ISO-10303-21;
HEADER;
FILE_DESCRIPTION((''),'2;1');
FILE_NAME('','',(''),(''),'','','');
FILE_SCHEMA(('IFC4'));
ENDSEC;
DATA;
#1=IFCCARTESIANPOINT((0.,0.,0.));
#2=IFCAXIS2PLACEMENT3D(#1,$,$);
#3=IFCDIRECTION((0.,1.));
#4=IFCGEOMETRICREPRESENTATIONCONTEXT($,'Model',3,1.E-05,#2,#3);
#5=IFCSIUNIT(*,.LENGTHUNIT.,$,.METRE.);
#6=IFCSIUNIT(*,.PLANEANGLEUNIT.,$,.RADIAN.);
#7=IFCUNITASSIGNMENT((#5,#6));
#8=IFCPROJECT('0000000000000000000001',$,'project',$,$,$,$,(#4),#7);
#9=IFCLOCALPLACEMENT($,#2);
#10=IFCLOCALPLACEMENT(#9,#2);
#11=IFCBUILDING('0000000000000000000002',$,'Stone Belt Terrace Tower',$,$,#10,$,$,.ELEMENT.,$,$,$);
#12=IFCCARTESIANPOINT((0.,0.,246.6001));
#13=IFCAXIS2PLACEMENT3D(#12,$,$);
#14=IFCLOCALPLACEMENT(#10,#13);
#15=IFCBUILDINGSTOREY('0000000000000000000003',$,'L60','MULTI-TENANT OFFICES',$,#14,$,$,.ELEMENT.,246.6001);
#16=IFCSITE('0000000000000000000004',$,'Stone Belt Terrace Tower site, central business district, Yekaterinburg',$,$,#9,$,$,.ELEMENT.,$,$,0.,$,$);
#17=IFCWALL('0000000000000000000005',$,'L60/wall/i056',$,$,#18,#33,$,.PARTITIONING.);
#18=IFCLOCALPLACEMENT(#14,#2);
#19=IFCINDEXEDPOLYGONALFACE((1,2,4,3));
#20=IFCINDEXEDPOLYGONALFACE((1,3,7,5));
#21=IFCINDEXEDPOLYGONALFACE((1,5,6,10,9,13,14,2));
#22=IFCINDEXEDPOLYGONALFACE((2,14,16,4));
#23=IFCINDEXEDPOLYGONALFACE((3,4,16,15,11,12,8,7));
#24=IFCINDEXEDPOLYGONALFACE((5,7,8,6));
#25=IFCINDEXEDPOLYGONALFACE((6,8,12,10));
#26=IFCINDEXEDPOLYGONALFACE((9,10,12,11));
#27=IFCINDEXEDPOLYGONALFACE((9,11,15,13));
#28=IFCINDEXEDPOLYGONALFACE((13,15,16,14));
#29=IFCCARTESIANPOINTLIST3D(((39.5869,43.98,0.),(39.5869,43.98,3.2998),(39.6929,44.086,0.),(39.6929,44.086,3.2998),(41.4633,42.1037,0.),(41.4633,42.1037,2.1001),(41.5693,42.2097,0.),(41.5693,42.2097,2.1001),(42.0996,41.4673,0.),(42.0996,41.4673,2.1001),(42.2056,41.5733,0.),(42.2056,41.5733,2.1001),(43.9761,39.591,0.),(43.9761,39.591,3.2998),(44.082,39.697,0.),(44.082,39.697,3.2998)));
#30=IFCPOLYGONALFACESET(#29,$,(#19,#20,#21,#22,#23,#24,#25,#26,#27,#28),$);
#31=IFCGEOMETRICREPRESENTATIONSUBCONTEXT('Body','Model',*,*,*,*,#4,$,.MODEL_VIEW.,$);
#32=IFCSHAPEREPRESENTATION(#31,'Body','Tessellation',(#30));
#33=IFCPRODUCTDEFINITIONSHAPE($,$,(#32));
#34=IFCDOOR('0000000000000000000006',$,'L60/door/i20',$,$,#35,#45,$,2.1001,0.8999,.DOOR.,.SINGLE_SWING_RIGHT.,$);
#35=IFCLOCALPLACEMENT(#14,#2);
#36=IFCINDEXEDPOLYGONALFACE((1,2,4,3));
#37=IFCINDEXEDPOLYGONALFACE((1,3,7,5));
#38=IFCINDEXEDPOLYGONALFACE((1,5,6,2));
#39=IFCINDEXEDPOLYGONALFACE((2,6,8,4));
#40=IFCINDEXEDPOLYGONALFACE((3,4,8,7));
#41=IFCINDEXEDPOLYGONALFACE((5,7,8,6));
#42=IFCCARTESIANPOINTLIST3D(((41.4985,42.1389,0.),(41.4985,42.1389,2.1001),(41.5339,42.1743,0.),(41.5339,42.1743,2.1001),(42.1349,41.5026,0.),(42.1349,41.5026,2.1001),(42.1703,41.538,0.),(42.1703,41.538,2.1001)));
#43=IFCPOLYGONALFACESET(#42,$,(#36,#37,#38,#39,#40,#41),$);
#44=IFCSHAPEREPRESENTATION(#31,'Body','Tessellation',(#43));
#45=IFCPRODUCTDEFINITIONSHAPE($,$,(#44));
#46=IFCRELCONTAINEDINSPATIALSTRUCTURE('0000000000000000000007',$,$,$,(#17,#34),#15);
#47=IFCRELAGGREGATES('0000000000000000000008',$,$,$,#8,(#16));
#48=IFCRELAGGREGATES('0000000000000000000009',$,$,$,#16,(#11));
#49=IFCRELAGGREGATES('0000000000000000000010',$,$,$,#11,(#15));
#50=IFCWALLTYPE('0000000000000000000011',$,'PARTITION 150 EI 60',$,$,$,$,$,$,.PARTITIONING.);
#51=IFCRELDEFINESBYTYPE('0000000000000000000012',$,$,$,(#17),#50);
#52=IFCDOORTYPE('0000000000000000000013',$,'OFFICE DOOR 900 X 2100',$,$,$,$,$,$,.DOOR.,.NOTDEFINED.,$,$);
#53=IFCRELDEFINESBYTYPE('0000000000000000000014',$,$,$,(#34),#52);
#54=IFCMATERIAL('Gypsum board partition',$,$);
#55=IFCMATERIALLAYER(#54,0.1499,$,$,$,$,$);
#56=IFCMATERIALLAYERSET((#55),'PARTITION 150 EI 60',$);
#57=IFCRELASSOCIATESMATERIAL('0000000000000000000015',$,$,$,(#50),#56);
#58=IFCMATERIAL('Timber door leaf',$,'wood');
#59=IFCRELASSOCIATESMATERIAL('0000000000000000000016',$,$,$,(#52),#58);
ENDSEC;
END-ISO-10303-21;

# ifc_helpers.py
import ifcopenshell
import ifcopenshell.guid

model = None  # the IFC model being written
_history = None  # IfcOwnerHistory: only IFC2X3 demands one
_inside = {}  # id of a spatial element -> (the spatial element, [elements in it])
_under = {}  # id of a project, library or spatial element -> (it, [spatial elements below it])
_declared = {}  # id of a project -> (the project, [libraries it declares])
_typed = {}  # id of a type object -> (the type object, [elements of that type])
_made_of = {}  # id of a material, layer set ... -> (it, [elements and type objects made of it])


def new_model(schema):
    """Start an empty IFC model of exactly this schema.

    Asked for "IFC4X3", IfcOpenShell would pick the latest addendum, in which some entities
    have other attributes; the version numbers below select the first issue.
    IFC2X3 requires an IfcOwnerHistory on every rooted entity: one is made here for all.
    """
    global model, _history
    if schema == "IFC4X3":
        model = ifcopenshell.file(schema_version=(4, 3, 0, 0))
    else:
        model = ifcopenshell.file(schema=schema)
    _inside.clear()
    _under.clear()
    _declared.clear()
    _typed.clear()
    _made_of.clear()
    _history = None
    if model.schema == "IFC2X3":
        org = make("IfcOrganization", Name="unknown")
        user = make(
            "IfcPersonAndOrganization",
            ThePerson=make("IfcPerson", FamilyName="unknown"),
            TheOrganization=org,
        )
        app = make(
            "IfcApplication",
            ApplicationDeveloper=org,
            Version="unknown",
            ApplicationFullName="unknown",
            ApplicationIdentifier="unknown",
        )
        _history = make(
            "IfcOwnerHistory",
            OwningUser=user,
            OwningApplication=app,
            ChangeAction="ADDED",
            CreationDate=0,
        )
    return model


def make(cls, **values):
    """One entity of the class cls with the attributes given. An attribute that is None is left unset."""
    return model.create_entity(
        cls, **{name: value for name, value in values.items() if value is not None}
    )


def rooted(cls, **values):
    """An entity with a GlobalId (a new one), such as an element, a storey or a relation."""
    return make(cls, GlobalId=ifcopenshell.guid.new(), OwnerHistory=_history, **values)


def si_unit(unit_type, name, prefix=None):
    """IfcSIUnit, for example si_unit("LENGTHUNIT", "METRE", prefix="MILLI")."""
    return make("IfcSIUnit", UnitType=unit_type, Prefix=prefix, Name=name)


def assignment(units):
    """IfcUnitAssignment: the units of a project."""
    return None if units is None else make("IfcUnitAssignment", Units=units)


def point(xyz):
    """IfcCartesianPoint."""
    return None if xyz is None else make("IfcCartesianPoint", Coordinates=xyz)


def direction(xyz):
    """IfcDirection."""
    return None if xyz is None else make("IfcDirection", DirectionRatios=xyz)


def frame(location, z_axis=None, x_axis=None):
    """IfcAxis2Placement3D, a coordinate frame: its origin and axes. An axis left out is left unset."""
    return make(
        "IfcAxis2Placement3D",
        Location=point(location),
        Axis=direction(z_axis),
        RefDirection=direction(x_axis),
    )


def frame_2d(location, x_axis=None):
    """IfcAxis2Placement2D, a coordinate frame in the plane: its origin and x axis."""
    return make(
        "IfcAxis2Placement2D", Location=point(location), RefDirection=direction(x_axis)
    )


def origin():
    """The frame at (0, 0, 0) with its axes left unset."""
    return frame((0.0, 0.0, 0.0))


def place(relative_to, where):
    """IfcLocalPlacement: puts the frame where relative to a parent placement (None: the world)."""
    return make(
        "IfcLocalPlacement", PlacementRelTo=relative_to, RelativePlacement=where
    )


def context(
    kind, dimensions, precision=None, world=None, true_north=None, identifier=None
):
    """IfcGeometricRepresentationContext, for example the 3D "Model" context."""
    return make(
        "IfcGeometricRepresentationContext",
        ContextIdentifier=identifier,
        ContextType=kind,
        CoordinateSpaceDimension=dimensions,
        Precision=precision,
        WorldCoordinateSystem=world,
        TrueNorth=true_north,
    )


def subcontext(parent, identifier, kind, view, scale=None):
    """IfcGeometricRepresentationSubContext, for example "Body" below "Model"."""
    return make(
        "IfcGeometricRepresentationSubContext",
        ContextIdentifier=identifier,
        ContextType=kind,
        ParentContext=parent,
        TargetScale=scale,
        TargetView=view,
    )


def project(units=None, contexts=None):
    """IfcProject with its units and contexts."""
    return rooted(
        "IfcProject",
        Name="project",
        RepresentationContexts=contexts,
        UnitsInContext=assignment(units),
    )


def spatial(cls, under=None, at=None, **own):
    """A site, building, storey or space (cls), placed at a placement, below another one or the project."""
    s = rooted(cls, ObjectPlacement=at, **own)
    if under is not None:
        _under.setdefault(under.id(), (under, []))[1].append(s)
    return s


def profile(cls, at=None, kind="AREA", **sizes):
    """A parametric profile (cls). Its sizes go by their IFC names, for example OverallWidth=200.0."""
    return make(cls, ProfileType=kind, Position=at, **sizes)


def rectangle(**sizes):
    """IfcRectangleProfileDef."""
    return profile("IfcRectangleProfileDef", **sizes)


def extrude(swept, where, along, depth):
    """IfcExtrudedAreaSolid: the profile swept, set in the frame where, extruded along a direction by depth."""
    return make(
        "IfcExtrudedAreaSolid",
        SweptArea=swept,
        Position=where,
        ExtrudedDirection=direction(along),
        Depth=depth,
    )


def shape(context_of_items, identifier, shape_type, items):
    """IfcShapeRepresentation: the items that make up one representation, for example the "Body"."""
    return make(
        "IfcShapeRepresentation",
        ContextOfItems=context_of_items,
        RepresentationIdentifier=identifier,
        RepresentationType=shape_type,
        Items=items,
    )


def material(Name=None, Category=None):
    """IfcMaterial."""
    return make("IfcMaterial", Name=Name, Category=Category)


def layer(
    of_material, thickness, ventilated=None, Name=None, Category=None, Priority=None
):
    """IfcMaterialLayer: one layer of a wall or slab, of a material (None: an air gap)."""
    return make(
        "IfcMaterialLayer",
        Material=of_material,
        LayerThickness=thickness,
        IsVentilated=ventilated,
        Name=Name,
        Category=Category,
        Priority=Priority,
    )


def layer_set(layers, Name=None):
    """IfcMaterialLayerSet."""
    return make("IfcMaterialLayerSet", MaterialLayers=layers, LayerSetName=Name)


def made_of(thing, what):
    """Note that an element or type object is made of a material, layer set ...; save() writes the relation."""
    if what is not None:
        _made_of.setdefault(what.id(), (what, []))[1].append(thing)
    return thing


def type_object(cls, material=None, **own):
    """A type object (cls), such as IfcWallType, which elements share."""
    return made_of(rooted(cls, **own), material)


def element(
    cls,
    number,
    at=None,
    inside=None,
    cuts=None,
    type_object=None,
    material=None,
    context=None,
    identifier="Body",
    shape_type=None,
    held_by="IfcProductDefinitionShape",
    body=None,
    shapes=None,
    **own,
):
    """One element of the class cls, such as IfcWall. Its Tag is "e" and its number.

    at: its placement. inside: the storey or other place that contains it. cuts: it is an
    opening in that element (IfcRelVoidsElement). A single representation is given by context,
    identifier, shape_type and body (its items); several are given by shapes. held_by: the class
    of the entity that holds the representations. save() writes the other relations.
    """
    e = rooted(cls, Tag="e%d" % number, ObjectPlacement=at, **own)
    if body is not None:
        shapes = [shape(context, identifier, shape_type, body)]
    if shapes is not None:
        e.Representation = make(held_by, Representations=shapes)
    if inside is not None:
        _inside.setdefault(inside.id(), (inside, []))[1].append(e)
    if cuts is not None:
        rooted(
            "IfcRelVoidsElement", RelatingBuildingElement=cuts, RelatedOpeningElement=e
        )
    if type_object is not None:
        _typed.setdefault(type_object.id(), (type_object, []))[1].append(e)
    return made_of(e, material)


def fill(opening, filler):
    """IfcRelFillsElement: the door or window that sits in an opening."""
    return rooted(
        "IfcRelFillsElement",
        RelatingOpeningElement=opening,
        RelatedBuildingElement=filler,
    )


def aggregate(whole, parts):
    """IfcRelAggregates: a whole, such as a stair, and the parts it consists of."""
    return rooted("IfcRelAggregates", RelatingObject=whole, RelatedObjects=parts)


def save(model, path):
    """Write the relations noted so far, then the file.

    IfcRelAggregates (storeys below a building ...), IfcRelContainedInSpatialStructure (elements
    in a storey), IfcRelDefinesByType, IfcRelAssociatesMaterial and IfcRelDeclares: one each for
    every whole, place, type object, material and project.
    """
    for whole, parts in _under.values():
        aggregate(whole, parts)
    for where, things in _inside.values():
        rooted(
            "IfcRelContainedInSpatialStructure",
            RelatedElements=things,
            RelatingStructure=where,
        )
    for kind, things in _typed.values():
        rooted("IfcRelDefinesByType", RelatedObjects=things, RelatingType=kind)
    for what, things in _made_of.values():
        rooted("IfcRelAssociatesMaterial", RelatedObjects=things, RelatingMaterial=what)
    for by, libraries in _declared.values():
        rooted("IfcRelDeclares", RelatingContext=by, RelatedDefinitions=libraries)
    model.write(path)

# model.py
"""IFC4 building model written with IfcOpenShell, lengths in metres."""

from ifc_helpers import new_model, si_unit, direction, frame, frame_2d, origin, place, context, subcontext, project, spatial, rectangle, extrude, material, layer, layer_set, type_object, element, fill, save


model = new_model("IFC4")

# Units and contexts
model_context = context("Model", 3, precision=1e-05, world=origin(), true_north=direction((0.0, 1.0)))
body_context = subcontext(model_context, "Body", "Model", "MODEL_VIEW")
ifc_project = project(units=[si_unit("LENGTHUNIT", "METRE"), si_unit("PLANEANGLEUNIT", "RADIAN")], contexts=[model_context])

# Site, building, storey
site_placement = place(None, origin())
site = spatial("IfcSite", under=ifc_project, at=site_placement, Name="Stone Belt Terrace Tower site, central business district, Yekaterinburg", CompositionType="ELEMENT", RefElevation=0.0)
building_placement = place(site_placement, origin())
building = spatial("IfcBuilding", under=site, at=building_placement, Name="Stone Belt Terrace Tower", CompositionType="ELEMENT")
storey_placement = place(building_placement, frame((0.0, 0.0, 246.6001)))
storey = spatial("IfcBuildingStorey", under=building, at=storey_placement, Name="L60", Description="MULTI-TENANT OFFICES", CompositionType="ELEMENT", Elevation=246.6001)

# Shared definitions
ifc_material_1 = material(Name="Gypsum board partition")
ifc_layer_1 = layer(ifc_material_1, 0.1499)
ifc_layer_set_1 = layer_set([ifc_layer_1], Name="PARTITION 150 EI 60")
wall_type = type_object("IfcWallType", Name="PARTITION 150 EI 60", PredefinedType="PARTITIONING", material=ifc_layer_set_1)

# Wall, opening, door
ifc_material_2 = material(Name="Timber door leaf", Category="wood")
door_type_1 = type_object("IfcDoorType", Name="OFFICE DOOR 900 X 2100", OperationType="NOTDEFINED", PredefinedType="DOOR", material=ifc_material_2)
wall_1_placement = place(storey_placement, frame((39.6399, 44.033, 0.0), z_axis=(0.0, 0.0, 1.0), x_axis=(0.707126, -0.707087, 0.0)))
wall_1 = element("IfcWall", 1, at=wall_1_placement, inside=storey, type_object=wall_type, Name="L60/wall/i056", PredefinedType="PARTITIONING", context=body_context, shape_type="SweptSolid", body=[
    extrude(rectangle(XDim=6.207, YDim=0.1499, at=frame_2d((3.1035, 0.0))), origin(), (0.0, 0.0, 1.0), 3.2998),
])
opening_1_placement = place(wall_1_placement, frame((2.6536, 0.0, 0.0)))
opening_1 = element("IfcOpeningElement", 2, at=opening_1_placement, cuts=wall_1, PredefinedType="OPENING", context=body_context, shape_type="SweptSolid", body=[
    extrude(rectangle(XDim=0.8999, YDim=2.1001, at=frame_2d((0.45, 1.05))), frame((0.0, 0.085, 0.0), z_axis=(0.0, -1.0, 0.0), x_axis=(1.0, 0.0, 0.0)), (0.0, 0.0, 1.0), 0.1699),
])
door_1_placement = place(opening_1_placement, origin())
door_1 = element("IfcDoor", 3, at=door_1_placement, inside=storey, type_object=door_type_1, Name="L60/door/i20", OperationType="SINGLE_SWING_RIGHT", OverallHeight=2.1001, OverallWidth=0.8999, PredefinedType="DOOR", context=body_context, shape_type="SweptSolid", body=[
    extrude(rectangle(XDim=0.8999, YDim=2.1001, at=frame_2d((0.45, 1.05))), frame((0.0, 0.0249, 0.0), z_axis=(0.0, -1.0, 0.0), x_axis=(1.0, 0.0, 0.0)), (0.0, 0.0, 1.0), 0.05),
])
fill(opening_1, door_1)

save(model, "model.ifc")
